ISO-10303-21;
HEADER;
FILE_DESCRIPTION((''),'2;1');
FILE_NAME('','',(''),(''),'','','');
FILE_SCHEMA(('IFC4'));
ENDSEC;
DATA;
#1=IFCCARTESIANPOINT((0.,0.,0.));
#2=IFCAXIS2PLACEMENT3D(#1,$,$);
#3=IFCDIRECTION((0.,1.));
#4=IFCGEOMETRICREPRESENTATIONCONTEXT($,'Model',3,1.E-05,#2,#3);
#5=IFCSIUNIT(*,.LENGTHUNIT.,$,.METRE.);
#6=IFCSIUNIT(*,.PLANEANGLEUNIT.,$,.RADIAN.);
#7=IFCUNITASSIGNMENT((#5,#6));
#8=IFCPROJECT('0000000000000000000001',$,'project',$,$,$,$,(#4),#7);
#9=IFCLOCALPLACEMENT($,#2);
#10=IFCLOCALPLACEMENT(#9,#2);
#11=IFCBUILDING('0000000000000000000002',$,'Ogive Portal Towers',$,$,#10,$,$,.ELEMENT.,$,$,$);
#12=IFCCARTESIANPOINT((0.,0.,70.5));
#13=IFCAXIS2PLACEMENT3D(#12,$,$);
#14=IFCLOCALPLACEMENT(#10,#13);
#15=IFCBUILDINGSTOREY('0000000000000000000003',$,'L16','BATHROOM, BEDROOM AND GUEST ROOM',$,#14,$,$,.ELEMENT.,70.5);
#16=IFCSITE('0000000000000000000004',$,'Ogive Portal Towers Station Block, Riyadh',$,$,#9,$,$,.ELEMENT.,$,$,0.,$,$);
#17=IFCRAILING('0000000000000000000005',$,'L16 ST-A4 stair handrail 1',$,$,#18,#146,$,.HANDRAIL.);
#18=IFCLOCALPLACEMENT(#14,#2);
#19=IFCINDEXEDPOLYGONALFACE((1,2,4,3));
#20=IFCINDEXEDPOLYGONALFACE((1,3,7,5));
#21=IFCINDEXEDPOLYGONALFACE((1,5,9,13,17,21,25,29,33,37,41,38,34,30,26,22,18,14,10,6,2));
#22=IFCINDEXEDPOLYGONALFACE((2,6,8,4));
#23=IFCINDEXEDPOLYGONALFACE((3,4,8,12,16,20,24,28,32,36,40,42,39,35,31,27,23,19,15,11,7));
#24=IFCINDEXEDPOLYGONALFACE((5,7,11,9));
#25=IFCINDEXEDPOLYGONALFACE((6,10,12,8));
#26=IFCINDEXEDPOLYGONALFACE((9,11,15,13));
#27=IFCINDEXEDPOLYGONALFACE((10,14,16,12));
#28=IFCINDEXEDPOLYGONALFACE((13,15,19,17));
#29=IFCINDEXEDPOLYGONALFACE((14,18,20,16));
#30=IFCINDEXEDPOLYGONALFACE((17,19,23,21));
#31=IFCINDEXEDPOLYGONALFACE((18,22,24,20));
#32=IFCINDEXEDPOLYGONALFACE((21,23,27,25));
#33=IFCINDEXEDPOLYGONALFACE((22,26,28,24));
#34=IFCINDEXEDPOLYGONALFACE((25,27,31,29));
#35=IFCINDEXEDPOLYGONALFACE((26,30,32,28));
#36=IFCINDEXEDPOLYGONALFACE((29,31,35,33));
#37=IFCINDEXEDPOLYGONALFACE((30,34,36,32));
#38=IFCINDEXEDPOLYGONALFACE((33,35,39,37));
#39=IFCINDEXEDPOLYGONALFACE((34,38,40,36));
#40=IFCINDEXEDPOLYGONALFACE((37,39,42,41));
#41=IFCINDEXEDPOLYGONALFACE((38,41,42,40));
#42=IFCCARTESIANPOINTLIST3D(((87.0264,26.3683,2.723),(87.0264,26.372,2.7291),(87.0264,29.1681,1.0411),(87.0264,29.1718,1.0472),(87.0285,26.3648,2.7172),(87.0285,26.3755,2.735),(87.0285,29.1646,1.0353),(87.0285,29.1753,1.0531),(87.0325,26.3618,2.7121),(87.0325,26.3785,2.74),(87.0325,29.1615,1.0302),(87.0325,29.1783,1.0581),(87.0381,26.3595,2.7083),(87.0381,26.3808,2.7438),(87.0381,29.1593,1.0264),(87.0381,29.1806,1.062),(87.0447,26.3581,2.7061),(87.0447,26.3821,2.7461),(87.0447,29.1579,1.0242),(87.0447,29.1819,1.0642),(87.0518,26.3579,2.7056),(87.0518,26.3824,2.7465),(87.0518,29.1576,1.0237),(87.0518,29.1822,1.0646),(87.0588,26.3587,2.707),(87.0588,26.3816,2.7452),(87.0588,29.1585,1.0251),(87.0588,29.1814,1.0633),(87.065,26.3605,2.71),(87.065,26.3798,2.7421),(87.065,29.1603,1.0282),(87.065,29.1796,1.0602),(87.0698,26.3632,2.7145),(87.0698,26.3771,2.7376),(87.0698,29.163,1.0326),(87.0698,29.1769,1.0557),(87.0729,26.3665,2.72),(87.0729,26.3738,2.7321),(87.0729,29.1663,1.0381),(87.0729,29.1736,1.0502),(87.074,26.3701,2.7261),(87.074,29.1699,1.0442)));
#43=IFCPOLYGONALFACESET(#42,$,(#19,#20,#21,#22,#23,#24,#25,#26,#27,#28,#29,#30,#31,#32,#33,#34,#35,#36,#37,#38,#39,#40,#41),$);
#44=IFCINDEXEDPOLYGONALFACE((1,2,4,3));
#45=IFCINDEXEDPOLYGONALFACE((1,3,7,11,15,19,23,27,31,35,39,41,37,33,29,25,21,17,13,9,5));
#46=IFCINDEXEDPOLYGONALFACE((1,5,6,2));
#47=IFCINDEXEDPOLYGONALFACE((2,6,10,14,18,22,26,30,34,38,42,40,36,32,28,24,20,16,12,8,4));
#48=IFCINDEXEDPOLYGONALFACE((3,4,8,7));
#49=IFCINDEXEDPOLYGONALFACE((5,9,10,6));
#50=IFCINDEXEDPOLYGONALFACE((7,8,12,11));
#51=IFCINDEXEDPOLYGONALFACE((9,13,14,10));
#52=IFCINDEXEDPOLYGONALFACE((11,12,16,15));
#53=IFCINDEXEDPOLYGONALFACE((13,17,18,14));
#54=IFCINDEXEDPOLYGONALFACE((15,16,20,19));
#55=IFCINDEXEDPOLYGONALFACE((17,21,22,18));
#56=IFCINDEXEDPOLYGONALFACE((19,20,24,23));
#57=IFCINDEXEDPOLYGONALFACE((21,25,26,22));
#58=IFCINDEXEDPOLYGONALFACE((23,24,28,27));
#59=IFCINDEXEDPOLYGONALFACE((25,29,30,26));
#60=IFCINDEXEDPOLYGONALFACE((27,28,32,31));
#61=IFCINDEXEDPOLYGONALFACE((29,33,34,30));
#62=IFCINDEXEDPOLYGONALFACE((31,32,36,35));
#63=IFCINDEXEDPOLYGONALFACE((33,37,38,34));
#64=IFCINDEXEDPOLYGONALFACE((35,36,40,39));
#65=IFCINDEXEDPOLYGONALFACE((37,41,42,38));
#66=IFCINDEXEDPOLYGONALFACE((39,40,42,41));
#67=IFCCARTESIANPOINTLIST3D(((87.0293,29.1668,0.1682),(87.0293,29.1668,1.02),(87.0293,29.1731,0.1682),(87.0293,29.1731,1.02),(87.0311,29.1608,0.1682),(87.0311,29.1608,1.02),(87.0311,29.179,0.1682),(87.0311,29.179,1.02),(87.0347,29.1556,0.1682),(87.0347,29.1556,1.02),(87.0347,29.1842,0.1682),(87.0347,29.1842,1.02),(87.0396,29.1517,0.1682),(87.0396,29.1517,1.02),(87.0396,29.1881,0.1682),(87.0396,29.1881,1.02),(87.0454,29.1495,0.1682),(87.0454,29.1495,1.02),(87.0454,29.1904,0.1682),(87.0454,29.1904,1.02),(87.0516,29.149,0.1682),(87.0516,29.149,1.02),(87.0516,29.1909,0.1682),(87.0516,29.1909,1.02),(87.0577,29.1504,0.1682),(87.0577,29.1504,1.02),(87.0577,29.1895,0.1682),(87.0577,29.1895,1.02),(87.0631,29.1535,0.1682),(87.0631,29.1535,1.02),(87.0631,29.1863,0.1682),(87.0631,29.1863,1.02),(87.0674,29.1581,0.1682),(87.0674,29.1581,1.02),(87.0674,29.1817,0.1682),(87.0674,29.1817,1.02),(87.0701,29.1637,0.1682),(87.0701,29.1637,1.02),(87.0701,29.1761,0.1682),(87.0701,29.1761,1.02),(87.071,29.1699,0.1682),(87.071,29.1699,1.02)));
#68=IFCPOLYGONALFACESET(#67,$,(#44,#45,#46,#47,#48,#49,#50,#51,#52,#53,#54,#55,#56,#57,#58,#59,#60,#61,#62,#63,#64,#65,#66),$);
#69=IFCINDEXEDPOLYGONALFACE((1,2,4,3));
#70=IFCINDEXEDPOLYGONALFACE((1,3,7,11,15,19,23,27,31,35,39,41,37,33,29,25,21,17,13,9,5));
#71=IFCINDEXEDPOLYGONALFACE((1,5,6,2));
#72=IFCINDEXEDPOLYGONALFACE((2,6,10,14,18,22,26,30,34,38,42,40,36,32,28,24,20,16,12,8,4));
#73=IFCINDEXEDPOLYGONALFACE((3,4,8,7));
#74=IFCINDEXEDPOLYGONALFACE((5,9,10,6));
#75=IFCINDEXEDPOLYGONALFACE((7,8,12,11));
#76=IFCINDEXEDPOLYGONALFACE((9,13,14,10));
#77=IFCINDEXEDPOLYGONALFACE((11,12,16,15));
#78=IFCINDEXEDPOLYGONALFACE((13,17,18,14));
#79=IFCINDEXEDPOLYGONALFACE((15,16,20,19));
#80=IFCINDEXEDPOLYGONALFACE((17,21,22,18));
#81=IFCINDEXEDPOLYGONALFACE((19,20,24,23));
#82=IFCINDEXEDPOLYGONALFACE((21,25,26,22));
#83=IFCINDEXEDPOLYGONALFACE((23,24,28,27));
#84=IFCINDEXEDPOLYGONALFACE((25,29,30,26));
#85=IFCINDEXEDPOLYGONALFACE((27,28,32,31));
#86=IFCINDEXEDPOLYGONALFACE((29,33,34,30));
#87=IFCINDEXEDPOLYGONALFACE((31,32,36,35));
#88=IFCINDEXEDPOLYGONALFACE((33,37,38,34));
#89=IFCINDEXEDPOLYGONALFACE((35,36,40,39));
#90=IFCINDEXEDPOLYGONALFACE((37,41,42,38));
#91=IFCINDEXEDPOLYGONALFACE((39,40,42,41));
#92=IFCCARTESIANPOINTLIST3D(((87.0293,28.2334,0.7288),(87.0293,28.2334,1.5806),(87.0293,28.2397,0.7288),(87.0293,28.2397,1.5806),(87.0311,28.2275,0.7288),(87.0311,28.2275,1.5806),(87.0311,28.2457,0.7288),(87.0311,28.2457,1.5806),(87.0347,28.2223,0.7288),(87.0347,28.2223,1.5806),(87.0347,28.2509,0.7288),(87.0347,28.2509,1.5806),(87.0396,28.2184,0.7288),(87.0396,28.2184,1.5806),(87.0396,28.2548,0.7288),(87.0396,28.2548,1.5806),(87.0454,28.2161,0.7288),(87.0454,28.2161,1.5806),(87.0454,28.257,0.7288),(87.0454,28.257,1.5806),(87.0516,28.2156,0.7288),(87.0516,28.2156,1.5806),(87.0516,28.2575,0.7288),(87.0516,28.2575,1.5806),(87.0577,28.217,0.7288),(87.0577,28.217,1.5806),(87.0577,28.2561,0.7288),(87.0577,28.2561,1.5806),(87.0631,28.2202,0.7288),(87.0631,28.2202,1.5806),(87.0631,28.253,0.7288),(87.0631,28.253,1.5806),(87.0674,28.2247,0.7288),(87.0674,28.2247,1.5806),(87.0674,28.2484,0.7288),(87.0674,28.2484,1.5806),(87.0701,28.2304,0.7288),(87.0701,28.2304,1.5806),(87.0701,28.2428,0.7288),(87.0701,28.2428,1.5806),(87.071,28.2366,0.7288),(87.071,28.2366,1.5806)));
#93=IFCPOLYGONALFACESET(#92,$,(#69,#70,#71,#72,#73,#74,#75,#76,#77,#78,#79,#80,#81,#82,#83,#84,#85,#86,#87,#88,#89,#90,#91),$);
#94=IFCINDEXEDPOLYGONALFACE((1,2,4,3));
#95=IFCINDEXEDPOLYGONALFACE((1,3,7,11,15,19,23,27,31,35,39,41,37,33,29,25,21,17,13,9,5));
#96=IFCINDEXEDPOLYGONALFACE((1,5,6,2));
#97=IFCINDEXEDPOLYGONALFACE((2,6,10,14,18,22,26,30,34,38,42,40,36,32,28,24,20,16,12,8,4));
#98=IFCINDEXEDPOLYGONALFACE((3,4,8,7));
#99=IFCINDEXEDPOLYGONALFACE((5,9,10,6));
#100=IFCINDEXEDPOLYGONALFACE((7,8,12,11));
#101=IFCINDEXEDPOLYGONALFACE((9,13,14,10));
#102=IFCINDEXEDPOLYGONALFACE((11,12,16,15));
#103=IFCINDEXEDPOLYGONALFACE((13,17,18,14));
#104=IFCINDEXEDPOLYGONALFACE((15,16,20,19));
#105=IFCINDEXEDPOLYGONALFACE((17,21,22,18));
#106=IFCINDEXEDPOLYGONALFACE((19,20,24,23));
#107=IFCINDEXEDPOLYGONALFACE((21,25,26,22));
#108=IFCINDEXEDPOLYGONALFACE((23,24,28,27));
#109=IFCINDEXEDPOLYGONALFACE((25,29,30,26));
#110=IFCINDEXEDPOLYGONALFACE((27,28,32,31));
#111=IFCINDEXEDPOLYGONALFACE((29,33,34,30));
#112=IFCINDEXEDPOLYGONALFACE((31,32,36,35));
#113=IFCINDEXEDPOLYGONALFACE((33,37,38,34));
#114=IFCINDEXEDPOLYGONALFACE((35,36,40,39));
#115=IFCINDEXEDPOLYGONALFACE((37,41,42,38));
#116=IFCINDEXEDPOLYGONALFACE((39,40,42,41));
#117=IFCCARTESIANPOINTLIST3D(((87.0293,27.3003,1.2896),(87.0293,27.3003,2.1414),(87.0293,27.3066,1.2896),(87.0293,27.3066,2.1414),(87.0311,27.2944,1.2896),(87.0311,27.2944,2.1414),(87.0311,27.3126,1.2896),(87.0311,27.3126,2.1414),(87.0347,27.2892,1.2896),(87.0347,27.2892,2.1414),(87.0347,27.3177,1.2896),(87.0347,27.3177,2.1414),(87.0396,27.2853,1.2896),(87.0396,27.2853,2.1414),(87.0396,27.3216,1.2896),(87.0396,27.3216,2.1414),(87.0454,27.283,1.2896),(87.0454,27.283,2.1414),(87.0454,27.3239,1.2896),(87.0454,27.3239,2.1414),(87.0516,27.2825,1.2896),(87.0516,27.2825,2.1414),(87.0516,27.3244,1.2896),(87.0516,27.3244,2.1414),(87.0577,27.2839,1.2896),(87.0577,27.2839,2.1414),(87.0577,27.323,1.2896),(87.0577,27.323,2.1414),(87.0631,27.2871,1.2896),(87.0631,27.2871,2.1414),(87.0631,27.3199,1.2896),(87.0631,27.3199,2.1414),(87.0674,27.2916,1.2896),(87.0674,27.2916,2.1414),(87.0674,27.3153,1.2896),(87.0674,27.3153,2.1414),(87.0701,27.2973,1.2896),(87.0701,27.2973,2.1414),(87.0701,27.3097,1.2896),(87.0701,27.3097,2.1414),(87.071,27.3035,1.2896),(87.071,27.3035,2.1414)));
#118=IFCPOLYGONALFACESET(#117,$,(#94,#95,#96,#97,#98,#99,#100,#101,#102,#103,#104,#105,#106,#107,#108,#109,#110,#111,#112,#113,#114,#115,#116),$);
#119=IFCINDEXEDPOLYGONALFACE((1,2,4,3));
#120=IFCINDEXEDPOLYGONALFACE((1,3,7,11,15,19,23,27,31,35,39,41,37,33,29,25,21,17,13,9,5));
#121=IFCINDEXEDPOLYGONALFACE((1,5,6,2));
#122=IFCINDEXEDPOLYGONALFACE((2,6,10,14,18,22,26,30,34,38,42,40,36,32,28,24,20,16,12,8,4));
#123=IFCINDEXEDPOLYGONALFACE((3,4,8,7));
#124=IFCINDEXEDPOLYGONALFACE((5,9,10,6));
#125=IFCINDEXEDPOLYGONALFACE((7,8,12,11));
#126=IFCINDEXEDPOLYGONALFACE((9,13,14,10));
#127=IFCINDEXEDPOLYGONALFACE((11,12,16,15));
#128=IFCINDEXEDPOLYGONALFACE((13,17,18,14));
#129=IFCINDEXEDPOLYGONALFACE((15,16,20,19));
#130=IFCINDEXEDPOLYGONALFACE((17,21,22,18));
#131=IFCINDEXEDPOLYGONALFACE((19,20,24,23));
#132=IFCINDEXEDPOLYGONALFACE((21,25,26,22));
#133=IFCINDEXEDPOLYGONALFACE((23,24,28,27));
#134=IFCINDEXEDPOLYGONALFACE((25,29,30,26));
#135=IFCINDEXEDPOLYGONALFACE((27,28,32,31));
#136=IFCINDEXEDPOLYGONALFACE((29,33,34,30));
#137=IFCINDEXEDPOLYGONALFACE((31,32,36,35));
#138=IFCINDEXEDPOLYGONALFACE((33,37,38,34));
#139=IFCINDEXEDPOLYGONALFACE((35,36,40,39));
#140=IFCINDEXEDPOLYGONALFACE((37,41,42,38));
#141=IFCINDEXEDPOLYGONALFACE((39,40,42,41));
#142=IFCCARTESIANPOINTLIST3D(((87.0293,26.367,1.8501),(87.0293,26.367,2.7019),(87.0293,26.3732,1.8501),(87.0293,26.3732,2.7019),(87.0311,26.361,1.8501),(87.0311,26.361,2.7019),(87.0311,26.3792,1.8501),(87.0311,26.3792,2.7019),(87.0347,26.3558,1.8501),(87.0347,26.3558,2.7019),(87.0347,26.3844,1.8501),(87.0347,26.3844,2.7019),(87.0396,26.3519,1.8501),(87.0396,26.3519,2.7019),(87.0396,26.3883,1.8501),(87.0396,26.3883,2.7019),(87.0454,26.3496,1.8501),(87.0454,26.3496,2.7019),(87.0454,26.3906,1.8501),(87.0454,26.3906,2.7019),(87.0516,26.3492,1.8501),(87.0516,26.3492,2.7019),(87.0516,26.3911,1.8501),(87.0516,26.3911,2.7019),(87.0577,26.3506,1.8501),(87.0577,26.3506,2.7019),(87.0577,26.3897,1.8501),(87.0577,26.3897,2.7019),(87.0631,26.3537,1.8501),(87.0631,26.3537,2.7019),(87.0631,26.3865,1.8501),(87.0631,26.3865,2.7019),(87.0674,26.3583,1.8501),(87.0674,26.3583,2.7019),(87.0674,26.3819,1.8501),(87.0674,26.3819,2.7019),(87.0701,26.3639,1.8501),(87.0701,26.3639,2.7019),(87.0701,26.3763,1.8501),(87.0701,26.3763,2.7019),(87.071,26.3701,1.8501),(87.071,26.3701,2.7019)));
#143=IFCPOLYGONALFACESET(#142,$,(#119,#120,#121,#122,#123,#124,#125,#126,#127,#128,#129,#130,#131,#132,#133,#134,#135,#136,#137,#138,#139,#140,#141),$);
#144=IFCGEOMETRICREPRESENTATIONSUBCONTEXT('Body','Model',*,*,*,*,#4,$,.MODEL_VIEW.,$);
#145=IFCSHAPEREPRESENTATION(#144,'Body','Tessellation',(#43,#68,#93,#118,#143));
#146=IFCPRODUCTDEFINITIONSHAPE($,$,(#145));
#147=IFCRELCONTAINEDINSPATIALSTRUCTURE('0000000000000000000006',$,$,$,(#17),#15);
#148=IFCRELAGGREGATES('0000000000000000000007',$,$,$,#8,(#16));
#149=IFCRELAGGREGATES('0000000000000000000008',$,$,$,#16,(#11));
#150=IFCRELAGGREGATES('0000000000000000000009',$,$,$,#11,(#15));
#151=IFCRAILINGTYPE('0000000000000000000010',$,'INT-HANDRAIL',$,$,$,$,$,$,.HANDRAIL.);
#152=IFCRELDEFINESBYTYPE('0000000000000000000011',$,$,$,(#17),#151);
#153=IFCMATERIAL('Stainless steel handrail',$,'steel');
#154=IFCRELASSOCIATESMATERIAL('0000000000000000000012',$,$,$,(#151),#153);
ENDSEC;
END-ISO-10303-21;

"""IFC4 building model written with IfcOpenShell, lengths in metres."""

from ifc_helpers import new_model, si_unit, direction, frame, origin, origin_2d, place, context, subcontext, project, spatial, circle, extrude, material, type_object, element, save


model = new_model("IFC4")

# Units and contexts
model_context = context("Model", 3, precision=1e-05, world=origin(), true_north=direction((0.0, 1.0)))
body_context = subcontext(model_context, "Body", "Model", "MODEL_VIEW")
ifc_project = project(units=[si_unit("LENGTHUNIT", "METRE"), si_unit("PLANEANGLEUNIT", "RADIAN")], contexts=[model_context])

# Site, building, storey
site_placement = place(None, origin())
site = spatial("IfcSite", under=ifc_project, at=site_placement, Name="Ogive Portal Towers Station Block, Riyadh", CompositionType="ELEMENT", RefElevation=0.0)
building_placement = place(site_placement, origin())
building = spatial("IfcBuilding", under=site, at=building_placement, Name="Ogive Portal Towers", CompositionType="ELEMENT")
storey_placement = place(building_placement, frame((0.0, 0.0, 70.5)))
storey = spatial("IfcBuildingStorey", under=building, at=storey_placement, Name="L16", Description="BATHROOM, BEDROOM AND GUEST ROOM", CompositionType="ELEMENT", Elevation=70.5)

# Railing
ifc_material_1 = material(Name="Stainless steel handrail", Category="steel")
railing_type_1 = type_object("IfcRailingType", Name="INT-HANDRAIL", PredefinedType="HANDRAIL", material=ifc_material_1)
railing_1_placement = place(storey_placement, frame((87.05, 29.1699, 0.1682)))
element("IfcRailing", 1, at=railing_1_placement, inside=storey, type_object=railing_type_1, Name="L16 ST-A4 stair handrail 1", PredefinedType="HANDRAIL", context=body_context, shape_type="SweptSolid", body=[
    extrude(circle(Radius=0.0239, at=origin_2d()), frame((0.0, 0.0, 0.876), z_axis=(0.0, -0.857222, 0.514946), x_axis=(1.0, 0.0, 0.0)), (0.0, 0.0, 1.0), 3.2661),
    extrude(circle(Radius=0.021, at=origin_2d()), origin(), (0.0, 0.0, 1.0), 0.8518),
    extrude(circle(Radius=0.021, at=origin_2d()), frame((0.0, -0.9333, 0.5605)), (0.0, 0.0, 1.0), 0.8518),
    extrude(circle(Radius=0.021, at=origin_2d()), frame((0.0, -1.8665, 1.1213)), (0.0, 0.0, 1.0), 0.8518),
    extrude(circle(Radius=0.021, at=origin_2d()), frame((0.0, -2.7998, 1.6819)), (0.0, 0.0, 1.0), 0.8518),
])

save(model, "model.ifc")
